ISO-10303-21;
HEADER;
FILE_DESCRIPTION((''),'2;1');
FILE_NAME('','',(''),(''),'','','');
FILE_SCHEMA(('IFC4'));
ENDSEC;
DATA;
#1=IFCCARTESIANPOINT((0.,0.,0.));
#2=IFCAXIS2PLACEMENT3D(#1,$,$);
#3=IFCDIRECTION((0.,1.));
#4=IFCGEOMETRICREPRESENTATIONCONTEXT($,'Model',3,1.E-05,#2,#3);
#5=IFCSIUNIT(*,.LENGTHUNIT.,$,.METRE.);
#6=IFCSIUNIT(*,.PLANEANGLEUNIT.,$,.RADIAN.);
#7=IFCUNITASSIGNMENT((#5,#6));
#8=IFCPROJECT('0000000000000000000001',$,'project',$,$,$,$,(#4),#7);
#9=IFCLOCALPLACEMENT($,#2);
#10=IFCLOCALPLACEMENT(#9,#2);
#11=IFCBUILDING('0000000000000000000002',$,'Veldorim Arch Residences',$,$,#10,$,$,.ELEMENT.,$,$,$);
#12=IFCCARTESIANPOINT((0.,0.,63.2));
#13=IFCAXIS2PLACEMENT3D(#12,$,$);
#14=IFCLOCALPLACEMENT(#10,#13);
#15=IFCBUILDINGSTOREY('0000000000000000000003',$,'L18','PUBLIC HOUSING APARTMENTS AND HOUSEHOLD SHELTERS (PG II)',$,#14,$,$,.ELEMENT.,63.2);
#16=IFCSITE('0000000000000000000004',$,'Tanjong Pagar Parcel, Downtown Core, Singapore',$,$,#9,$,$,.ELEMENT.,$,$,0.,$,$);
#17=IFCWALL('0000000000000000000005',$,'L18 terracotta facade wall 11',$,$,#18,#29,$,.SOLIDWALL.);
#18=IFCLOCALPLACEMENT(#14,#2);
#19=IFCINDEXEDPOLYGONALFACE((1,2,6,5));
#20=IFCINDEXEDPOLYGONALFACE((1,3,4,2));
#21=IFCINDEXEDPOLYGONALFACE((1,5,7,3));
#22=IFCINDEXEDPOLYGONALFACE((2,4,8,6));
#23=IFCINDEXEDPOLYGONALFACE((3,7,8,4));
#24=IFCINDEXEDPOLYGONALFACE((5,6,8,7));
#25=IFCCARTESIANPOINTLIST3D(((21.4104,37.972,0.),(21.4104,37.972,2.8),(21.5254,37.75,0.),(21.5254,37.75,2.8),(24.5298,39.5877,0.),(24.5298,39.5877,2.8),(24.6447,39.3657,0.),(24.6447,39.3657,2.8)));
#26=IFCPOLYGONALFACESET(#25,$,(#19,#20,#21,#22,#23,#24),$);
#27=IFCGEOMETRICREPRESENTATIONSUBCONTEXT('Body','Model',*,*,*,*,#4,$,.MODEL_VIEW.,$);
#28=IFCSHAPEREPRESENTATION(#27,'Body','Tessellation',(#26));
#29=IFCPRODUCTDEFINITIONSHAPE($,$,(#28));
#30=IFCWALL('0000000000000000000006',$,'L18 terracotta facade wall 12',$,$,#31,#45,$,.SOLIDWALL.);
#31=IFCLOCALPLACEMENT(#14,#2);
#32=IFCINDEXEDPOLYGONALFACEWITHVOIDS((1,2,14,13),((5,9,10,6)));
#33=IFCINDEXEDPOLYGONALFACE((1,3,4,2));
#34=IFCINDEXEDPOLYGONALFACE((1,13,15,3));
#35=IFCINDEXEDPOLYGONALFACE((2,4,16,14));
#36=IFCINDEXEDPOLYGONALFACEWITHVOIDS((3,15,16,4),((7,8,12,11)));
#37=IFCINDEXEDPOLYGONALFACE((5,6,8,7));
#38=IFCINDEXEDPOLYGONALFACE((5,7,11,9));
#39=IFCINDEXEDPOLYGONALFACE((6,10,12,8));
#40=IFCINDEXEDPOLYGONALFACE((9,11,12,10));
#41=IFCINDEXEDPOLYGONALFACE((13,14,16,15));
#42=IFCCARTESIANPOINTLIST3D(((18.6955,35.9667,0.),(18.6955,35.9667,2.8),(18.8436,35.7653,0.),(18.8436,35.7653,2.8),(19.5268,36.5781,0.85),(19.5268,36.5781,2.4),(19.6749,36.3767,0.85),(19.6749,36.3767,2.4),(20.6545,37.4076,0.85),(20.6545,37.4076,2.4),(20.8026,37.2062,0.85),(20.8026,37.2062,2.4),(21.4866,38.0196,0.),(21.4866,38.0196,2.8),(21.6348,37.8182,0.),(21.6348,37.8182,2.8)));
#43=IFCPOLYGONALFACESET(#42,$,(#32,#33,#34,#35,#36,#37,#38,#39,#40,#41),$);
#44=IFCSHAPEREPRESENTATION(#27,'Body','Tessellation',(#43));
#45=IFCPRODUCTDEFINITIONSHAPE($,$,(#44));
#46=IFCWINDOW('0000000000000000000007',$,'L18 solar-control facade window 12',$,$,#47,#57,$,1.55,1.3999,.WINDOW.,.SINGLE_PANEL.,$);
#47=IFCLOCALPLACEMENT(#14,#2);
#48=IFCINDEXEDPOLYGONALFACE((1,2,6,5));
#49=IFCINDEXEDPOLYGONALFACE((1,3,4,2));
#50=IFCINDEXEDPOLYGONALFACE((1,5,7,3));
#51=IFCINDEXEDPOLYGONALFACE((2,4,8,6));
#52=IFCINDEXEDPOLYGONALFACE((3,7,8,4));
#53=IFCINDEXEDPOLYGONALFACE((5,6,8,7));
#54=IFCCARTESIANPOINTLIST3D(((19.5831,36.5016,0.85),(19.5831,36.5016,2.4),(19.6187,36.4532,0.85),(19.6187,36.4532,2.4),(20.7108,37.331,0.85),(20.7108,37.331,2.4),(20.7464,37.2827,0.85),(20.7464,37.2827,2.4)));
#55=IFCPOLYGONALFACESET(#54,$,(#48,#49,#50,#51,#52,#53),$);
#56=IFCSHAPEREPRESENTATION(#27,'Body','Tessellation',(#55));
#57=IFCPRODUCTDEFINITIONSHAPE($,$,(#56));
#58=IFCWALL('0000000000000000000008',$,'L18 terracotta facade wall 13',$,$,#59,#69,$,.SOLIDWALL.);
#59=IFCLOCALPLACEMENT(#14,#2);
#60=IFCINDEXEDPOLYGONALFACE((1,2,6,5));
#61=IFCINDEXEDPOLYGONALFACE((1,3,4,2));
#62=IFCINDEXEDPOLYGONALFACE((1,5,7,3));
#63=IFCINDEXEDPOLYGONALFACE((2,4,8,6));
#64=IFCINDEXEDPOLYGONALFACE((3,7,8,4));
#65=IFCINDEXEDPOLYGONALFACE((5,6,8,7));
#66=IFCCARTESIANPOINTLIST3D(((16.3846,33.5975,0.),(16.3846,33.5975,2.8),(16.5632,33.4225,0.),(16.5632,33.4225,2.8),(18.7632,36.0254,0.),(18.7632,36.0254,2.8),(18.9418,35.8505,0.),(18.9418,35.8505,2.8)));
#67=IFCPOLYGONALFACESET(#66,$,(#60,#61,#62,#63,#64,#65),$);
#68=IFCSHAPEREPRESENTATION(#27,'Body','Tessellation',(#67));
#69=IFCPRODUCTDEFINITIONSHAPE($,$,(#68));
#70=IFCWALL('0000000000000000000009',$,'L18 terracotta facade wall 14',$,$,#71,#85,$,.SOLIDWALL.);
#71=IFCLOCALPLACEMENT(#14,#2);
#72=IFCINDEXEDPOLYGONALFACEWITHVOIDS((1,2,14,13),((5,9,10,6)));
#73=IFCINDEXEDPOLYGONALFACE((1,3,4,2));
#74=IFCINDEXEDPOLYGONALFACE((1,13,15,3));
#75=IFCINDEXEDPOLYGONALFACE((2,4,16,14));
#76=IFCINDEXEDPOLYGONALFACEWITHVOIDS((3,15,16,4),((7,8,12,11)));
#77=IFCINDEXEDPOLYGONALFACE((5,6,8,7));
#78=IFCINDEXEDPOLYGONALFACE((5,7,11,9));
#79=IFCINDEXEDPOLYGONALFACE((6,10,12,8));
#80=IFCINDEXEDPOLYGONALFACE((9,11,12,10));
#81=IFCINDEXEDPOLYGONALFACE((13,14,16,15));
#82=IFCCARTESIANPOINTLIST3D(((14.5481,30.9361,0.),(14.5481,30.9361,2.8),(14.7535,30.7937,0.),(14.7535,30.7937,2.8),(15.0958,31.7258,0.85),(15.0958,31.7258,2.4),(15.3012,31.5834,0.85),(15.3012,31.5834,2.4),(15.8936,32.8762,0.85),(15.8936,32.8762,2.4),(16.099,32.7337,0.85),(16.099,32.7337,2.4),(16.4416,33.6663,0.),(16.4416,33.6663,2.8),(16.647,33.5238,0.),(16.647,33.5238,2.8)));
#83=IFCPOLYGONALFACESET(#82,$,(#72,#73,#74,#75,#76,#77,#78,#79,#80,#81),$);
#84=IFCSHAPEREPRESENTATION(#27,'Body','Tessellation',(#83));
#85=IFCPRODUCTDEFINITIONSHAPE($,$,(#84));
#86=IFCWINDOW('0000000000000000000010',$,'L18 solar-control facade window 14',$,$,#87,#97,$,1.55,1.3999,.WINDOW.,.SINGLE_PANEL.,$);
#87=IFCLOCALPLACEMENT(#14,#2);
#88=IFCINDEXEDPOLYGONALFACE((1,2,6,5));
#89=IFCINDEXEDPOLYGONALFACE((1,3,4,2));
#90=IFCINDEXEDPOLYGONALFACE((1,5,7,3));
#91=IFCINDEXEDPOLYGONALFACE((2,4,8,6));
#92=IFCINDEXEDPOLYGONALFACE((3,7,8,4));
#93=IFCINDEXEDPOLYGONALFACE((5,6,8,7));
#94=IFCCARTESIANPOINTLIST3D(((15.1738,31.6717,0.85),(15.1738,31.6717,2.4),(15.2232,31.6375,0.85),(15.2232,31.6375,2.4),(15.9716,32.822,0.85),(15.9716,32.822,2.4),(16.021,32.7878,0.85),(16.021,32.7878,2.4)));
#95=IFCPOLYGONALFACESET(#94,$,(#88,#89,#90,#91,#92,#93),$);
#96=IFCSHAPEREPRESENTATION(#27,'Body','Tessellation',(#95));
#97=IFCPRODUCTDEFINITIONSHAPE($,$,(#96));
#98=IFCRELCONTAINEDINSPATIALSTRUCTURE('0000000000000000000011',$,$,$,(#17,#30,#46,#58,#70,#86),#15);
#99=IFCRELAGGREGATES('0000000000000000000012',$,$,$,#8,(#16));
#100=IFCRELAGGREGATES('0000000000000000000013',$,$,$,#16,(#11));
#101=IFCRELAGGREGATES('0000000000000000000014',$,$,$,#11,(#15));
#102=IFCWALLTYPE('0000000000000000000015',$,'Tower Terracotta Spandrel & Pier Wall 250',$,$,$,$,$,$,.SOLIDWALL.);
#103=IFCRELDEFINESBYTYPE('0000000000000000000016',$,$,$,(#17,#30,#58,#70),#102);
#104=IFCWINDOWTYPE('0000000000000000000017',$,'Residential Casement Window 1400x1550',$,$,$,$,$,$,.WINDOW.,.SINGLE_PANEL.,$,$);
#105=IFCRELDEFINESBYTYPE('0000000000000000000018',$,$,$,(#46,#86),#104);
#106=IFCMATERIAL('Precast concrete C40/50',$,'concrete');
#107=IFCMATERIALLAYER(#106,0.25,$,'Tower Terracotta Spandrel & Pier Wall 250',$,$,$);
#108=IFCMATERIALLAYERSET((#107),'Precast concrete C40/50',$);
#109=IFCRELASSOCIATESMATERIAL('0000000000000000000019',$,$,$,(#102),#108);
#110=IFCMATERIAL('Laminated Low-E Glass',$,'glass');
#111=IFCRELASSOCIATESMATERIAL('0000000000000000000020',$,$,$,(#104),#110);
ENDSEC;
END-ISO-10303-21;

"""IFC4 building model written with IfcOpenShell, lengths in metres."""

from ifc_helpers import new_model, si_unit, direction, frame, frame_2d, origin, place, context, subcontext, project, spatial, rectangle, extrude, material, layer, layer_set, type_object, element, fill, save


model = new_model("IFC4")

# Units and contexts
model_context = context("Model", 3, precision=1e-05, world=origin(), true_north=direction((0.0, 1.0)))
body_context = subcontext(model_context, "Body", "Model", "MODEL_VIEW")
ifc_project = project(units=[si_unit("LENGTHUNIT", "METRE"), si_unit("PLANEANGLEUNIT", "RADIAN")], contexts=[model_context])

# Site, building, storey
site_placement = place(None, origin())
site = spatial("IfcSite", under=ifc_project, at=site_placement, Name="Tanjong Pagar Parcel, Downtown Core, Singapore", CompositionType="ELEMENT", RefElevation=0.0)
building_placement = place(site_placement, origin())
building = spatial("IfcBuilding", under=site, at=building_placement, Name="Veldorim Arch Residences", CompositionType="ELEMENT")
storey_placement = place(building_placement, frame((0.0, 0.0, 63.2)))
storey = spatial("IfcBuildingStorey", under=building, at=storey_placement, Name="L18", Description="PUBLIC HOUSING APARTMENTS AND HOUSEHOLD SHELTERS (PG II)", CompositionType="ELEMENT", Elevation=63.2)

# Wall
ifc_material_1 = material(Name="Precast concrete C40/50", Category="concrete")
ifc_layer_1 = layer(ifc_material_1, 0.25, Name="Tower Terracotta Spandrel & Pier Wall 250")
ifc_layer_set_1 = layer_set([ifc_layer_1], Name="Precast concrete C40/50")
wall_type_1 = type_object("IfcWallType", Name="Tower Terracotta Spandrel & Pier Wall 250", PredefinedType="SOLIDWALL", material=ifc_layer_set_1)
wall_1_placement = place(storey_placement, frame((21.468, 37.8611, 0.0), z_axis=(0.0, 0.0, 1.0), x_axis=(0.887956, 0.459928, 0.0)))
element("IfcWall", 1, at=wall_1_placement, inside=storey, type_object=wall_type_1, Name="L18 terracotta facade wall 11", PredefinedType="SOLIDWALL", context=body_context, shape_type="SweptSolid", body=[
    extrude(rectangle(XDim=3.5129, YDim=0.25, at=frame_2d((1.7563, 0.0))), origin(), (0.0, 0.0, 1.0), 2.8),
])

# Wall, opening, window
wall_2_placement = place(storey_placement, frame((18.7695, 35.866, 0.0), z_axis=(0.0, 0.0, 1.0), x_axis=(0.805571, 0.592499, 0.0)))
wall_2 = element("IfcWall", 2, at=wall_2_placement, inside=storey, type_object=wall_type_1, Name="L18 terracotta facade wall 12", PredefinedType="SOLIDWALL", context=body_context, shape_type="SweptSolid", body=[
    extrude(rectangle(XDim=3.4648, YDim=0.25, at=frame_2d((1.7324, 0.0))), origin(), (0.0, 0.0, 1.0), 2.8),
])
opening_1_placement = place(wall_2_placement, frame((1.032, 0.0, 0.8501)))
opening_1 = element("IfcOpeningElement", 3, at=opening_1_placement, cuts=wall_2, PredefinedType="OPENING", context=body_context, shape_type="SweptSolid", body=[
    extrude(rectangle(XDim=1.3999, YDim=1.55, at=frame_2d((0.7, 0.7749))), frame((0.0, 0.135, 0.0), z_axis=(0.0, -1.0, 0.0), x_axis=(1.0, 0.0, 0.0)), (0.0, 0.0, 1.0), 0.27),
])
ifc_material_2 = material(Name="Laminated Low-E Glass", Category="glass")
window_type = type_object("IfcWindowType", Name="Residential Casement Window 1400x1550", PartitioningType="SINGLE_PANEL", PredefinedType="WINDOW", material=ifc_material_2)
window_1_placement = place(opening_1_placement, origin())
window_1 = element("IfcWindow", 4, at=window_1_placement, inside=storey, type_object=window_type, Name="L18 solar-control facade window 12", OverallHeight=1.55, OverallWidth=1.3999, PartitioningType="SINGLE_PANEL", PredefinedType="WINDOW", context=body_context, shape_type="SweptSolid", body=[
    extrude(rectangle(XDim=1.3999, YDim=1.55, at=frame_2d((0.7, 0.7749))), frame((0.0, 0.03, 0.0), z_axis=(0.0, -1.0, 0.0), x_axis=(1.0, 0.0, 0.0)), (0.0, 0.0, 1.0), 0.0601),
])
fill(opening_1, window_1)

# Wall
wall_3_placement = place(storey_placement, frame((16.4739, 33.51, 0.0), z_axis=(0.0, 0.0, 1.0), x_axis=(0.699815, 0.714324, 0.0)))
element("IfcWall", 5, at=wall_3_placement, inside=storey, type_object=wall_type_1, Name="L18 terracotta facade wall 13", PredefinedType="SOLIDWALL", context=body_context, shape_type="SweptSolid", body=[
    extrude(rectangle(XDim=3.3989, YDim=0.25, at=frame_2d((1.6995, 0.0))), origin(), (0.0, 0.0, 1.0), 2.8),
])

# Wall, opening, window
wall_4_placement = place(storey_placement, frame((14.6509, 30.865, 0.0), z_axis=(0.0, 0.0, 1.0), x_axis=(0.569901, 0.821713, 0.0)))
wall_4 = element("IfcWall", 6, at=wall_4_placement, inside=storey, type_object=wall_type_1, Name="L18 terracotta facade wall 14", PredefinedType="SOLIDWALL", context=body_context, shape_type="SweptSolid", body=[
    extrude(rectangle(XDim=3.3225, YDim=0.25, at=frame_2d((1.6611, 0.0))), origin(), (0.0, 0.0, 1.0), 2.8),
])
opening_2_placement = place(wall_4_placement, frame((0.9609, 0.0, 0.8501)))
opening_2 = element("IfcOpeningElement", 7, at=opening_2_placement, cuts=wall_4, PredefinedType="OPENING", context=body_context, shape_type="SweptSolid", body=[
    extrude(rectangle(XDim=1.3999, YDim=1.55, at=frame_2d((0.7, 0.7749))), frame((0.0, 0.135, 0.0), z_axis=(0.0, -1.0, 0.0), x_axis=(1.0, 0.0, 0.0)), (0.0, 0.0, 1.0), 0.27),
])
window_2_placement = place(opening_2_placement, origin())
window_2 = element("IfcWindow", 8, at=window_2_placement, inside=storey, type_object=window_type, Name="L18 solar-control facade window 14", OverallHeight=1.55, OverallWidth=1.3999, PartitioningType="SINGLE_PANEL", PredefinedType="WINDOW", context=body_context, shape_type="SweptSolid", body=[
    extrude(rectangle(XDim=1.3999, YDim=1.55, at=frame_2d((0.7, 0.7749))), frame((0.0, 0.03, 0.0), z_axis=(0.0, -1.0, 0.0), x_axis=(1.0, 0.0, 0.0)), (0.0, 0.0, 1.0), 0.0601),
])
fill(opening_2, window_2)

save(model, "model.ifc")
